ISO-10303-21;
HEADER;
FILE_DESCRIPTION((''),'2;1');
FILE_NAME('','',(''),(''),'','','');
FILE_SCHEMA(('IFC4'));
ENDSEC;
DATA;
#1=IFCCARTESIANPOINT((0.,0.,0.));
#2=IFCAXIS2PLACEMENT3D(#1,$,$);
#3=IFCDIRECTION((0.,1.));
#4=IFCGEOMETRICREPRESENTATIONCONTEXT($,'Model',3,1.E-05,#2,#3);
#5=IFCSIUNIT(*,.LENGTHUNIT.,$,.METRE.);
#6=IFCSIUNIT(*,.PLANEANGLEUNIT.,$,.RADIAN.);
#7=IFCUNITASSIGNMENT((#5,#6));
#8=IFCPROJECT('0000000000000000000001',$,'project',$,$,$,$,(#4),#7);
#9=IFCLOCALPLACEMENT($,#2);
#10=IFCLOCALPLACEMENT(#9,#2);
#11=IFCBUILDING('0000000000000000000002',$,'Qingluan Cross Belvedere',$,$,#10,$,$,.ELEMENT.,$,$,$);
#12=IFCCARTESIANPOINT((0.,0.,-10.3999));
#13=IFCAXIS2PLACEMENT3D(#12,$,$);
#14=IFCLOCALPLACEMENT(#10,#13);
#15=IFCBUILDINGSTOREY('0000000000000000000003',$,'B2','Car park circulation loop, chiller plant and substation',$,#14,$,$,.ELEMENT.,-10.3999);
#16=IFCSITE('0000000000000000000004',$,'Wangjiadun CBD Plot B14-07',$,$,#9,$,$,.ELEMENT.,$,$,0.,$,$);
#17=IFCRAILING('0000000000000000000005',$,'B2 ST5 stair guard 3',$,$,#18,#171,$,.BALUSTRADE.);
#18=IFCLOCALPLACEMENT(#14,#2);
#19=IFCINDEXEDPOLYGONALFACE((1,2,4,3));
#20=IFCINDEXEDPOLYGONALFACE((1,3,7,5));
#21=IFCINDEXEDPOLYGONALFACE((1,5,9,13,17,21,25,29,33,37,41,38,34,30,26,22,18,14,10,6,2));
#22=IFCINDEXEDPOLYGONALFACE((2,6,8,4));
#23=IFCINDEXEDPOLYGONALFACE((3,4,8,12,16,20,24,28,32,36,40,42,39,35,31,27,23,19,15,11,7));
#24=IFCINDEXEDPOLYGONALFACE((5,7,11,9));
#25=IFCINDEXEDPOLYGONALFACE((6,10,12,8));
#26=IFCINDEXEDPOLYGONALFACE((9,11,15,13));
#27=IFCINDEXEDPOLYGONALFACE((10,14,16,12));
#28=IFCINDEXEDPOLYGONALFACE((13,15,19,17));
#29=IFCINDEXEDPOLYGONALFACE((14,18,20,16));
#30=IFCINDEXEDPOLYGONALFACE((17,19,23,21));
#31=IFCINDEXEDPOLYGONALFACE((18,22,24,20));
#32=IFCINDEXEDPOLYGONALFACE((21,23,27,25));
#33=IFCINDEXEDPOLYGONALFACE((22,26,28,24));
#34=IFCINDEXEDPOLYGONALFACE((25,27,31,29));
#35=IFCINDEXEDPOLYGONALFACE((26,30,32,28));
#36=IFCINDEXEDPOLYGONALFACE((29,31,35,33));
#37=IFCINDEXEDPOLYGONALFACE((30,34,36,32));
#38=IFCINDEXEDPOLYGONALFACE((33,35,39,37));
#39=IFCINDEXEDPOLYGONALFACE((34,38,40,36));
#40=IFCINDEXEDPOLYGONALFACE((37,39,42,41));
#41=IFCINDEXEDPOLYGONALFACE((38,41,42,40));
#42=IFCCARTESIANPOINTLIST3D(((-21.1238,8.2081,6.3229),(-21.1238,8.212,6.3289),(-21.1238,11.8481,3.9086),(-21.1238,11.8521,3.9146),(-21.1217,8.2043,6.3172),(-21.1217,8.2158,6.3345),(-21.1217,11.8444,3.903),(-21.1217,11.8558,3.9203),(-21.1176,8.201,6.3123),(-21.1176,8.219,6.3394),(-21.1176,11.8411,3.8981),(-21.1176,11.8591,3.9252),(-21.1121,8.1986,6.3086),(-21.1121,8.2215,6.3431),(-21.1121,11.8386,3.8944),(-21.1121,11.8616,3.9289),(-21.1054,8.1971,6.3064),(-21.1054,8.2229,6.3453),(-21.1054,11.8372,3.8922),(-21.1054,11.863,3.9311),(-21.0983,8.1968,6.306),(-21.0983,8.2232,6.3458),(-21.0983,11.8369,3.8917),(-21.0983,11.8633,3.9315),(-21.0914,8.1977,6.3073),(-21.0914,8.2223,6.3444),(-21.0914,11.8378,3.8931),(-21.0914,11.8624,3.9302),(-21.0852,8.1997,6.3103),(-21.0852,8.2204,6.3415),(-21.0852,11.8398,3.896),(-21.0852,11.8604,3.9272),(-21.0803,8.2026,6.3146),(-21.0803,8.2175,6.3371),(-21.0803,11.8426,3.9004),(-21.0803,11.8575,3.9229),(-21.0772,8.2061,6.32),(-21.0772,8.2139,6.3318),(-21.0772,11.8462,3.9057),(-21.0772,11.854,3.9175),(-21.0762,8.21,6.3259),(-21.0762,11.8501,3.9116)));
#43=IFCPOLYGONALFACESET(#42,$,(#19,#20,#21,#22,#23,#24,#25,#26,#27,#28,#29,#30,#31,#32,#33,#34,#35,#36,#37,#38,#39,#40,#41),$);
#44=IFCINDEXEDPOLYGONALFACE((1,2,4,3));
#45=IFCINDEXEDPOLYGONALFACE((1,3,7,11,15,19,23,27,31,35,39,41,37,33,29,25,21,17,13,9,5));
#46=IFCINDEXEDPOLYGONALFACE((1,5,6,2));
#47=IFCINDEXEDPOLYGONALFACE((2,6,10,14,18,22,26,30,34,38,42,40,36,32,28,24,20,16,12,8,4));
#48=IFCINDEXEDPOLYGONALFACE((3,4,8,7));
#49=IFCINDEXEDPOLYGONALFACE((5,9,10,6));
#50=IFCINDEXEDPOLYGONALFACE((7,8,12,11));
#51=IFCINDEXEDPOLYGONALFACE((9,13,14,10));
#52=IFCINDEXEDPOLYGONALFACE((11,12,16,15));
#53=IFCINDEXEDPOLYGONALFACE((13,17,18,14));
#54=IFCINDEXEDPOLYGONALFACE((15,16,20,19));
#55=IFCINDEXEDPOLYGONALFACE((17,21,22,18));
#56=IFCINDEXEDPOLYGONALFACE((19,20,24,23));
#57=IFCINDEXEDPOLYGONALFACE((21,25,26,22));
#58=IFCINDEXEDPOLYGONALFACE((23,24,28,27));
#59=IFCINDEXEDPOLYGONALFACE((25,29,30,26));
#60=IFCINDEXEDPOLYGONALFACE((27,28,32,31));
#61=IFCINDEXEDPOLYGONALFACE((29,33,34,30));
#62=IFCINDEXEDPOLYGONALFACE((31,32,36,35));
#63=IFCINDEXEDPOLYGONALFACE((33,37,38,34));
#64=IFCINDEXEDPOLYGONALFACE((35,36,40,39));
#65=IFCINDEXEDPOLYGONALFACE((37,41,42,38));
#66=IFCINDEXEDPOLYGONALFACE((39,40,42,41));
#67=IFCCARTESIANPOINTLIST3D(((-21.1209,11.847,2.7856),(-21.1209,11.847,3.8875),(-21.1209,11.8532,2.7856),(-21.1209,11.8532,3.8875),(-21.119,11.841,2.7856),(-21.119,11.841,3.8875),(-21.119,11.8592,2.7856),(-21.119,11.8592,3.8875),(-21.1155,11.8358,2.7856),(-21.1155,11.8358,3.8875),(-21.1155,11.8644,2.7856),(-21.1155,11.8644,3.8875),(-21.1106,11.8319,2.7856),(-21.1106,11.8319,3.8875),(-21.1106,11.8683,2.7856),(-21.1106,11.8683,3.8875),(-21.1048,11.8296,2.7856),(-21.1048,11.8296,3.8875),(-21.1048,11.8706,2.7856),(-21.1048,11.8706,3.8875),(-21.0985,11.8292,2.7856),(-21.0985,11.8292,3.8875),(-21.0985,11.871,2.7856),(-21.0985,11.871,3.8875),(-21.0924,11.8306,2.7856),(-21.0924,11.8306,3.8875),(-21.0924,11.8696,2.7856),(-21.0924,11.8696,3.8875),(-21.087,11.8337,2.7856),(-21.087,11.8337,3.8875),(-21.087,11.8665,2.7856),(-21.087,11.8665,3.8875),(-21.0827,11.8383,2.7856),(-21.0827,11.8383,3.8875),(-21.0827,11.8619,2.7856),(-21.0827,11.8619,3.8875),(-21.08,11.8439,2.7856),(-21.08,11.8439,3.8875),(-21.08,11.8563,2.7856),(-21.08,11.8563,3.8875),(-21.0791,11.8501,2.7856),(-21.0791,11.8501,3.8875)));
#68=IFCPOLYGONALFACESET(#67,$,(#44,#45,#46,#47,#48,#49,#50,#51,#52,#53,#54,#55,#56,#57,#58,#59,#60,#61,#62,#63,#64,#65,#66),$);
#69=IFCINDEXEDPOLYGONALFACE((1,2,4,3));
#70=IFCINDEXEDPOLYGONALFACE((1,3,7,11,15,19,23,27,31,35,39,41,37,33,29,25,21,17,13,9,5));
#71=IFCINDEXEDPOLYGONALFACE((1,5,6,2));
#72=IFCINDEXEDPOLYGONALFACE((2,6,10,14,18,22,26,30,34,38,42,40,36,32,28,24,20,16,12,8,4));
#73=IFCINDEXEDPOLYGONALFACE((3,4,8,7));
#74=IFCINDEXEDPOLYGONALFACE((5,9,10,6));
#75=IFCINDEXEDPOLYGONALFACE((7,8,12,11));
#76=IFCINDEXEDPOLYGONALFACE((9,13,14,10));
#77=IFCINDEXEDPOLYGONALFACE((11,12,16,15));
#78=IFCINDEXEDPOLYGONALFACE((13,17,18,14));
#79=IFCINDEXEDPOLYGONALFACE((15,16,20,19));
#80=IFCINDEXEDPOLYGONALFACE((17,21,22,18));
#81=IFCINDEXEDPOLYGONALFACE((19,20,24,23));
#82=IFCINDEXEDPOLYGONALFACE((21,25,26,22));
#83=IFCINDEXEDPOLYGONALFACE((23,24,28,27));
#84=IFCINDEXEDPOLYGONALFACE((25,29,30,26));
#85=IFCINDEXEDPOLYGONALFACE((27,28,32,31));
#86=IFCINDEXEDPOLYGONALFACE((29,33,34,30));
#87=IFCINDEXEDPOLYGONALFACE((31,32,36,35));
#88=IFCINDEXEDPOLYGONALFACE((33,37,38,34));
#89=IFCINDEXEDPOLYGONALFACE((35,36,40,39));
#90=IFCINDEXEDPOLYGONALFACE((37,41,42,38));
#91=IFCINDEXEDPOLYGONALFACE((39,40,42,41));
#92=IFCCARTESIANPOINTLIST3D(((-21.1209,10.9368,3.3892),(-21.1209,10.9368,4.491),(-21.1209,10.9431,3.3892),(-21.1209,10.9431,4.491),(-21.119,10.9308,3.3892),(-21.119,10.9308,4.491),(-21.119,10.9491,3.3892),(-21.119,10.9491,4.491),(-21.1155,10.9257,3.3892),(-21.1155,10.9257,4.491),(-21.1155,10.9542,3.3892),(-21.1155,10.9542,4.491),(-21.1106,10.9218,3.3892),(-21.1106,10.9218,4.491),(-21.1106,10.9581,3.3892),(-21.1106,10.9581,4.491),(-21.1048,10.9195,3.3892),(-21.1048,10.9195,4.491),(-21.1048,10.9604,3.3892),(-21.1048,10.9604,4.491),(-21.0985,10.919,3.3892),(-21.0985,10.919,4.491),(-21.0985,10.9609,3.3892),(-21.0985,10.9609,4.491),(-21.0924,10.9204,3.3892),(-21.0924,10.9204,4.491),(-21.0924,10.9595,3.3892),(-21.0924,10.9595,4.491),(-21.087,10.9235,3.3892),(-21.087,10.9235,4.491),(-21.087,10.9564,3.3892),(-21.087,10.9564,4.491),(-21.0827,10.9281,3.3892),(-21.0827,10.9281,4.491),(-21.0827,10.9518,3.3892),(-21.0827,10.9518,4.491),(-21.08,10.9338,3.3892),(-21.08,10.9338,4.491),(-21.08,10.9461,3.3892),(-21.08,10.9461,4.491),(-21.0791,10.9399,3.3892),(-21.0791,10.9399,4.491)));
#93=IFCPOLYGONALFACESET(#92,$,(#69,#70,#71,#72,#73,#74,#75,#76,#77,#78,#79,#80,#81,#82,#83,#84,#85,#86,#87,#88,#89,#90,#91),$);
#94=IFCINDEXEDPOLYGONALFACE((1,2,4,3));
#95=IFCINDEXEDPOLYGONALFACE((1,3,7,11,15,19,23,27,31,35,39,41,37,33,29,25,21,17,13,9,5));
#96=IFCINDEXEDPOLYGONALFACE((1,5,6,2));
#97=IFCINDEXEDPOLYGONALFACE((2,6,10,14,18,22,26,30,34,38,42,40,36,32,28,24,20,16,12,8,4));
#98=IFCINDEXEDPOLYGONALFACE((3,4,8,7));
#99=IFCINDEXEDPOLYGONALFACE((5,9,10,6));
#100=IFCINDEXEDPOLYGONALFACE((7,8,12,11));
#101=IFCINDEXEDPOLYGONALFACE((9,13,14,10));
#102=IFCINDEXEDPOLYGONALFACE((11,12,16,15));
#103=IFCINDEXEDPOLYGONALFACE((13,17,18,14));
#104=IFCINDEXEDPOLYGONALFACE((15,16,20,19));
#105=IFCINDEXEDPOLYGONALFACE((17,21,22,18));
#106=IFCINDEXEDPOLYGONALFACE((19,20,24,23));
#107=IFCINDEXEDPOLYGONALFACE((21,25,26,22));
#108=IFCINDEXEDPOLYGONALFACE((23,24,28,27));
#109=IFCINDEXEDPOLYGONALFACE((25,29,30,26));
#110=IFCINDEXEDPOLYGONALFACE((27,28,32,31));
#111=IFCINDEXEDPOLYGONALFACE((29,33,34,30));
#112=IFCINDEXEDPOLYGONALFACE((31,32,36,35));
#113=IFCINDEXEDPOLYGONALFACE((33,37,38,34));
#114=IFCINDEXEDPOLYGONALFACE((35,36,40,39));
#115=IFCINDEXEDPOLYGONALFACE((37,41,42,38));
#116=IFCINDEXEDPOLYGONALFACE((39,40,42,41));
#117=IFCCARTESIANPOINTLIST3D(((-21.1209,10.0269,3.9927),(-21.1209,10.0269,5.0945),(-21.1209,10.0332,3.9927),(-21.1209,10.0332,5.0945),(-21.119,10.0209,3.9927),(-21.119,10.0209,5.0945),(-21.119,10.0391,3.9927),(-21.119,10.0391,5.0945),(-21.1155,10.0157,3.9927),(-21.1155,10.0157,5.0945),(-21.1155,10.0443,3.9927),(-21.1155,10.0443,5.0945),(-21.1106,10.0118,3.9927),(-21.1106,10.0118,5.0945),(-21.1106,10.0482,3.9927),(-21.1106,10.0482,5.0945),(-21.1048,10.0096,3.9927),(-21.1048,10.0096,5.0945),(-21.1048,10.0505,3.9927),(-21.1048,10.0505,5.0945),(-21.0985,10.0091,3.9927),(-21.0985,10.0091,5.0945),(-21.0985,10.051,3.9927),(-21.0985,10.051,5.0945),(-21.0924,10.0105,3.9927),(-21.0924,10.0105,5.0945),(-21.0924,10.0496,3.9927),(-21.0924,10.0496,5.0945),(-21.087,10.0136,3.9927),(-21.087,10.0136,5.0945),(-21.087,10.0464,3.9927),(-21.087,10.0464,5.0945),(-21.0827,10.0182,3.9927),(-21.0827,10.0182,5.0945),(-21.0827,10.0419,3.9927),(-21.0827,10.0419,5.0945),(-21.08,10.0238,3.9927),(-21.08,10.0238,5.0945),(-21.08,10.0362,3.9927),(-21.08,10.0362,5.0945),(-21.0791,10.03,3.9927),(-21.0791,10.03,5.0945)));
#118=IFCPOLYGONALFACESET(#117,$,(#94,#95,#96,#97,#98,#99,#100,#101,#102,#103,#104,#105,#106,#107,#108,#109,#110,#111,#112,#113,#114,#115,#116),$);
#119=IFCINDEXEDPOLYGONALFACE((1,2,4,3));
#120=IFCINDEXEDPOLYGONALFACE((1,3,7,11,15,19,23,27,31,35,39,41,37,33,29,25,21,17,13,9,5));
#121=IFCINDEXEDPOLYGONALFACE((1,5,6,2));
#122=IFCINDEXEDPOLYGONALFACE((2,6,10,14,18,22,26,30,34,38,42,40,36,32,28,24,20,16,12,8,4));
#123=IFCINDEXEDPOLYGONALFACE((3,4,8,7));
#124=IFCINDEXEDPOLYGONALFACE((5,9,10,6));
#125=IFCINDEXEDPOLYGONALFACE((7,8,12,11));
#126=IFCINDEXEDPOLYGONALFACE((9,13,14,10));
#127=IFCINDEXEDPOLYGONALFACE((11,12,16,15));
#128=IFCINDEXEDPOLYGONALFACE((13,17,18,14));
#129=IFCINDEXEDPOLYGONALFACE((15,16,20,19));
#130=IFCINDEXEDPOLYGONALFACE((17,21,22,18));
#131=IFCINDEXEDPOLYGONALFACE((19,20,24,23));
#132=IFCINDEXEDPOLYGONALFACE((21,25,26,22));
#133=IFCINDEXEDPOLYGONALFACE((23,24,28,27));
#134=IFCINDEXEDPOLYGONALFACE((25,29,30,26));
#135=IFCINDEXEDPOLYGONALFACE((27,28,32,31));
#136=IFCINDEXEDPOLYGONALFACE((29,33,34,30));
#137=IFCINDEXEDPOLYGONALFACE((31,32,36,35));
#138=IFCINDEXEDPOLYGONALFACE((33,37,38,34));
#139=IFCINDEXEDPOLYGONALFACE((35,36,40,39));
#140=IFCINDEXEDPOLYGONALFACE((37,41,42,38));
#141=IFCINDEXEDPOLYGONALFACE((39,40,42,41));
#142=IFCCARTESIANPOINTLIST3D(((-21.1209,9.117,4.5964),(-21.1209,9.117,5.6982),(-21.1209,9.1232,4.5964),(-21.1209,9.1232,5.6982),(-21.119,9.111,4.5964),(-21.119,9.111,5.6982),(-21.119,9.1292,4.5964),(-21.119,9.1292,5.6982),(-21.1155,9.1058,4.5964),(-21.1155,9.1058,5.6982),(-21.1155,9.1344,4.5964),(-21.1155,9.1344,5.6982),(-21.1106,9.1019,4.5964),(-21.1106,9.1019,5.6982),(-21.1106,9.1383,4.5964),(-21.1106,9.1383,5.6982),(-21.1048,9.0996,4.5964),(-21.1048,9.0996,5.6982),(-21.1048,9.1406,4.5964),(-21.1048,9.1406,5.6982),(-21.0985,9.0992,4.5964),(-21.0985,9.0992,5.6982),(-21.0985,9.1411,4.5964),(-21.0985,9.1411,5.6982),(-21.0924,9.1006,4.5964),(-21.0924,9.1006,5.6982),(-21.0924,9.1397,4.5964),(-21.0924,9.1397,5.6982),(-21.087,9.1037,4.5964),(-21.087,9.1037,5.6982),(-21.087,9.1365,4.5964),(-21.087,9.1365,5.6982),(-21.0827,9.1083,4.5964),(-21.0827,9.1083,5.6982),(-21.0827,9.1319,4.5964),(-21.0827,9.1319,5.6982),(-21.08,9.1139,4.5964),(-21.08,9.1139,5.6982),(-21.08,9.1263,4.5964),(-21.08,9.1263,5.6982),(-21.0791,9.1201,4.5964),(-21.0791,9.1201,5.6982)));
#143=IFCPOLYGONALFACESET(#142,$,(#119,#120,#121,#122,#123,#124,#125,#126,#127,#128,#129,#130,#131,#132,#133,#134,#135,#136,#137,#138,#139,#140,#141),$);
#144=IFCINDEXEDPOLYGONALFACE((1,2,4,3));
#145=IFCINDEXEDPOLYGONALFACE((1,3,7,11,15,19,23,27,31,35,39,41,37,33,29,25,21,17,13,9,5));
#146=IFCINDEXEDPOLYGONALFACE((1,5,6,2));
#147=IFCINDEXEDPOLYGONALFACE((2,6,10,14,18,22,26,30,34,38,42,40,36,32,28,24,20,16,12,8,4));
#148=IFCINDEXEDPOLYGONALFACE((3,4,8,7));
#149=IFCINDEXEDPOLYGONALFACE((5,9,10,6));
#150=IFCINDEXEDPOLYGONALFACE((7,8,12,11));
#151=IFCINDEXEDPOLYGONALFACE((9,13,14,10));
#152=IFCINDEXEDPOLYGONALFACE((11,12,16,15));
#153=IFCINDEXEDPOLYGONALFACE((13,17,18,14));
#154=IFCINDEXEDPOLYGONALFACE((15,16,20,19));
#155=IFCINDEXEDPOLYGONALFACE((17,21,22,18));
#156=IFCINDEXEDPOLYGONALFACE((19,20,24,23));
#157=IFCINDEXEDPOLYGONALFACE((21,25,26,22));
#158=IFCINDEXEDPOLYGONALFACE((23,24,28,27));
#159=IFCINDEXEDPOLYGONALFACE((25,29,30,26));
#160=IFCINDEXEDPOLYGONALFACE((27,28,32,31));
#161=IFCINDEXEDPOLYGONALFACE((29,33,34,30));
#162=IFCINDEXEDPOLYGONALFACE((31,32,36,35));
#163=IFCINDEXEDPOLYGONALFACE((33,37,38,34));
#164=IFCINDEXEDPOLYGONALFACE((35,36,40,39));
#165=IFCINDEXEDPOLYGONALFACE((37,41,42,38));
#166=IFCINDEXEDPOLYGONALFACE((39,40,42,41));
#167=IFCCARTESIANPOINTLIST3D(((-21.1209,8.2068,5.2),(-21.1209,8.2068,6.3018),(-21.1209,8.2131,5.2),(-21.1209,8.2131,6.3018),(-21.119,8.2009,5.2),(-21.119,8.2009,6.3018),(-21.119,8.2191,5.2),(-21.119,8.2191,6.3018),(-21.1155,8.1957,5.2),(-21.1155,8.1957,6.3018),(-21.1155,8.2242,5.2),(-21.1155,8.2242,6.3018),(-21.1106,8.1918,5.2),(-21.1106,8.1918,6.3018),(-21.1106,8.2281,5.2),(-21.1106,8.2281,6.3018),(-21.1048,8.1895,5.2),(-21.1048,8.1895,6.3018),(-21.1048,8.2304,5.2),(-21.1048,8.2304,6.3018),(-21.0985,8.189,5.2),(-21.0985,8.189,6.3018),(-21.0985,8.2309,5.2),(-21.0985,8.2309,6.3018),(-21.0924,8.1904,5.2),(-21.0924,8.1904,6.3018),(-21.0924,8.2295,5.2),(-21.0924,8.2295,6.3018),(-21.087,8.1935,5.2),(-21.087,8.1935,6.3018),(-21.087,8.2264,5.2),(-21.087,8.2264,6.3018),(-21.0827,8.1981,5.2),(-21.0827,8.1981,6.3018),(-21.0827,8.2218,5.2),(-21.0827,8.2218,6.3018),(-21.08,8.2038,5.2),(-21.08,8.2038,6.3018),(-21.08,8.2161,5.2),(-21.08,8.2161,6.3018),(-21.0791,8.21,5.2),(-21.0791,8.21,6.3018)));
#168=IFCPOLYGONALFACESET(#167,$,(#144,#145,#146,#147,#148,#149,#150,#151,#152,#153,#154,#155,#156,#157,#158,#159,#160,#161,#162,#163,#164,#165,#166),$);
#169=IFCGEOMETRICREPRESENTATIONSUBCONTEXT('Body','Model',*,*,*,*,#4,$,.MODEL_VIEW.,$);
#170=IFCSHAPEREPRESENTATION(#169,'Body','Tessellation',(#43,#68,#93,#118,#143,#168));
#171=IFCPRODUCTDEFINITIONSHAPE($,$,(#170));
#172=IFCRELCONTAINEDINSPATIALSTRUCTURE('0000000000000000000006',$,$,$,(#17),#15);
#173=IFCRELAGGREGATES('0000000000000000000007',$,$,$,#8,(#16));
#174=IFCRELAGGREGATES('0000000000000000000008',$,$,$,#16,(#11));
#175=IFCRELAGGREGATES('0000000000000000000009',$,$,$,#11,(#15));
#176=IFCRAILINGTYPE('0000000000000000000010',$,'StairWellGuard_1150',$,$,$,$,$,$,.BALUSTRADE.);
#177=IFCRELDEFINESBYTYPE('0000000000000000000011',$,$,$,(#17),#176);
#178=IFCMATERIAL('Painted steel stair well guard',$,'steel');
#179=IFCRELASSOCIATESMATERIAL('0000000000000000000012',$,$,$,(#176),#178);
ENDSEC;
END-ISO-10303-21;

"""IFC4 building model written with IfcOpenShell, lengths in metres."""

from ifc_helpers import new_model, si_unit, direction, frame, origin, origin_2d, place, context, subcontext, project, spatial, circle, extrude, material, type_object, element, save


model = new_model("IFC4")

# Units and contexts
model_context = context("Model", 3, precision=1e-05, world=origin(), true_north=direction((0.0, 1.0)))
body_context = subcontext(model_context, "Body", "Model", "MODEL_VIEW")
ifc_project = project(units=[si_unit("LENGTHUNIT", "METRE"), si_unit("PLANEANGLEUNIT", "RADIAN")], contexts=[model_context])

# Site, building, storey
site_placement = place(None, origin())
site = spatial("IfcSite", under=ifc_project, at=site_placement, Name="Wangjiadun CBD Plot B14-07", CompositionType="ELEMENT", RefElevation=0.0)
building_placement = place(site_placement, origin())
building = spatial("IfcBuilding", under=site, at=building_placement, Name="Qingluan Cross Belvedere", CompositionType="ELEMENT")
storey_placement = place(building_placement, frame((0.0, 0.0, -10.3999)))
storey = spatial("IfcBuildingStorey", under=building, at=storey_placement, Name="B2", Description="Car park circulation loop, chiller plant and substation", CompositionType="ELEMENT", Elevation=-10.3999)

# Railing
ifc_material_1 = material(Name="Painted steel stair well guard", Category="steel")
railing_type_1 = type_object("IfcRailingType", Name="StairWellGuard_1150", PredefinedType="BALUSTRADE", material=ifc_material_1)
railing_1_placement = place(storey_placement, frame((-21.1001, 11.8501, 2.7856)))
element("IfcRailing", 1, at=railing_1_placement, inside=storey, type_object=railing_type_1, Name="B2 ST5 stair guard 3", PredefinedType="BALUSTRADE", context=body_context, shape_type="SweptSolid", body=[
    extrude(circle(Radius=0.0239, at=origin_2d()), frame((0.0, 0.0, 1.126), z_axis=(0.0, -0.833364, 0.552725), x_axis=(1.0, 0.0, 0.0)), (0.0, 0.0, 1.0), 4.3679),
    extrude(circle(Radius=0.021, at=origin_2d()), origin(), (0.0, 0.0, 1.0), 1.1018),
    extrude(circle(Radius=0.021, at=origin_2d()), frame((0.0, -0.9102, 0.6035)), (0.0, 0.0, 1.0), 1.1018),
    extrude(circle(Radius=0.021, at=origin_2d()), frame((0.0, -1.8201, 1.207)), (0.0, 0.0, 1.0), 1.1018),
    extrude(circle(Radius=0.021, at=origin_2d()), frame((0.0, -2.73, 1.8108)), (0.0, 0.0, 1.0), 1.1018),
    extrude(circle(Radius=0.021, at=origin_2d()), frame((0.0, -3.6401, 2.4143)), (0.0, 0.0, 1.0), 1.1018),
])

save(model, "model.ifc")
